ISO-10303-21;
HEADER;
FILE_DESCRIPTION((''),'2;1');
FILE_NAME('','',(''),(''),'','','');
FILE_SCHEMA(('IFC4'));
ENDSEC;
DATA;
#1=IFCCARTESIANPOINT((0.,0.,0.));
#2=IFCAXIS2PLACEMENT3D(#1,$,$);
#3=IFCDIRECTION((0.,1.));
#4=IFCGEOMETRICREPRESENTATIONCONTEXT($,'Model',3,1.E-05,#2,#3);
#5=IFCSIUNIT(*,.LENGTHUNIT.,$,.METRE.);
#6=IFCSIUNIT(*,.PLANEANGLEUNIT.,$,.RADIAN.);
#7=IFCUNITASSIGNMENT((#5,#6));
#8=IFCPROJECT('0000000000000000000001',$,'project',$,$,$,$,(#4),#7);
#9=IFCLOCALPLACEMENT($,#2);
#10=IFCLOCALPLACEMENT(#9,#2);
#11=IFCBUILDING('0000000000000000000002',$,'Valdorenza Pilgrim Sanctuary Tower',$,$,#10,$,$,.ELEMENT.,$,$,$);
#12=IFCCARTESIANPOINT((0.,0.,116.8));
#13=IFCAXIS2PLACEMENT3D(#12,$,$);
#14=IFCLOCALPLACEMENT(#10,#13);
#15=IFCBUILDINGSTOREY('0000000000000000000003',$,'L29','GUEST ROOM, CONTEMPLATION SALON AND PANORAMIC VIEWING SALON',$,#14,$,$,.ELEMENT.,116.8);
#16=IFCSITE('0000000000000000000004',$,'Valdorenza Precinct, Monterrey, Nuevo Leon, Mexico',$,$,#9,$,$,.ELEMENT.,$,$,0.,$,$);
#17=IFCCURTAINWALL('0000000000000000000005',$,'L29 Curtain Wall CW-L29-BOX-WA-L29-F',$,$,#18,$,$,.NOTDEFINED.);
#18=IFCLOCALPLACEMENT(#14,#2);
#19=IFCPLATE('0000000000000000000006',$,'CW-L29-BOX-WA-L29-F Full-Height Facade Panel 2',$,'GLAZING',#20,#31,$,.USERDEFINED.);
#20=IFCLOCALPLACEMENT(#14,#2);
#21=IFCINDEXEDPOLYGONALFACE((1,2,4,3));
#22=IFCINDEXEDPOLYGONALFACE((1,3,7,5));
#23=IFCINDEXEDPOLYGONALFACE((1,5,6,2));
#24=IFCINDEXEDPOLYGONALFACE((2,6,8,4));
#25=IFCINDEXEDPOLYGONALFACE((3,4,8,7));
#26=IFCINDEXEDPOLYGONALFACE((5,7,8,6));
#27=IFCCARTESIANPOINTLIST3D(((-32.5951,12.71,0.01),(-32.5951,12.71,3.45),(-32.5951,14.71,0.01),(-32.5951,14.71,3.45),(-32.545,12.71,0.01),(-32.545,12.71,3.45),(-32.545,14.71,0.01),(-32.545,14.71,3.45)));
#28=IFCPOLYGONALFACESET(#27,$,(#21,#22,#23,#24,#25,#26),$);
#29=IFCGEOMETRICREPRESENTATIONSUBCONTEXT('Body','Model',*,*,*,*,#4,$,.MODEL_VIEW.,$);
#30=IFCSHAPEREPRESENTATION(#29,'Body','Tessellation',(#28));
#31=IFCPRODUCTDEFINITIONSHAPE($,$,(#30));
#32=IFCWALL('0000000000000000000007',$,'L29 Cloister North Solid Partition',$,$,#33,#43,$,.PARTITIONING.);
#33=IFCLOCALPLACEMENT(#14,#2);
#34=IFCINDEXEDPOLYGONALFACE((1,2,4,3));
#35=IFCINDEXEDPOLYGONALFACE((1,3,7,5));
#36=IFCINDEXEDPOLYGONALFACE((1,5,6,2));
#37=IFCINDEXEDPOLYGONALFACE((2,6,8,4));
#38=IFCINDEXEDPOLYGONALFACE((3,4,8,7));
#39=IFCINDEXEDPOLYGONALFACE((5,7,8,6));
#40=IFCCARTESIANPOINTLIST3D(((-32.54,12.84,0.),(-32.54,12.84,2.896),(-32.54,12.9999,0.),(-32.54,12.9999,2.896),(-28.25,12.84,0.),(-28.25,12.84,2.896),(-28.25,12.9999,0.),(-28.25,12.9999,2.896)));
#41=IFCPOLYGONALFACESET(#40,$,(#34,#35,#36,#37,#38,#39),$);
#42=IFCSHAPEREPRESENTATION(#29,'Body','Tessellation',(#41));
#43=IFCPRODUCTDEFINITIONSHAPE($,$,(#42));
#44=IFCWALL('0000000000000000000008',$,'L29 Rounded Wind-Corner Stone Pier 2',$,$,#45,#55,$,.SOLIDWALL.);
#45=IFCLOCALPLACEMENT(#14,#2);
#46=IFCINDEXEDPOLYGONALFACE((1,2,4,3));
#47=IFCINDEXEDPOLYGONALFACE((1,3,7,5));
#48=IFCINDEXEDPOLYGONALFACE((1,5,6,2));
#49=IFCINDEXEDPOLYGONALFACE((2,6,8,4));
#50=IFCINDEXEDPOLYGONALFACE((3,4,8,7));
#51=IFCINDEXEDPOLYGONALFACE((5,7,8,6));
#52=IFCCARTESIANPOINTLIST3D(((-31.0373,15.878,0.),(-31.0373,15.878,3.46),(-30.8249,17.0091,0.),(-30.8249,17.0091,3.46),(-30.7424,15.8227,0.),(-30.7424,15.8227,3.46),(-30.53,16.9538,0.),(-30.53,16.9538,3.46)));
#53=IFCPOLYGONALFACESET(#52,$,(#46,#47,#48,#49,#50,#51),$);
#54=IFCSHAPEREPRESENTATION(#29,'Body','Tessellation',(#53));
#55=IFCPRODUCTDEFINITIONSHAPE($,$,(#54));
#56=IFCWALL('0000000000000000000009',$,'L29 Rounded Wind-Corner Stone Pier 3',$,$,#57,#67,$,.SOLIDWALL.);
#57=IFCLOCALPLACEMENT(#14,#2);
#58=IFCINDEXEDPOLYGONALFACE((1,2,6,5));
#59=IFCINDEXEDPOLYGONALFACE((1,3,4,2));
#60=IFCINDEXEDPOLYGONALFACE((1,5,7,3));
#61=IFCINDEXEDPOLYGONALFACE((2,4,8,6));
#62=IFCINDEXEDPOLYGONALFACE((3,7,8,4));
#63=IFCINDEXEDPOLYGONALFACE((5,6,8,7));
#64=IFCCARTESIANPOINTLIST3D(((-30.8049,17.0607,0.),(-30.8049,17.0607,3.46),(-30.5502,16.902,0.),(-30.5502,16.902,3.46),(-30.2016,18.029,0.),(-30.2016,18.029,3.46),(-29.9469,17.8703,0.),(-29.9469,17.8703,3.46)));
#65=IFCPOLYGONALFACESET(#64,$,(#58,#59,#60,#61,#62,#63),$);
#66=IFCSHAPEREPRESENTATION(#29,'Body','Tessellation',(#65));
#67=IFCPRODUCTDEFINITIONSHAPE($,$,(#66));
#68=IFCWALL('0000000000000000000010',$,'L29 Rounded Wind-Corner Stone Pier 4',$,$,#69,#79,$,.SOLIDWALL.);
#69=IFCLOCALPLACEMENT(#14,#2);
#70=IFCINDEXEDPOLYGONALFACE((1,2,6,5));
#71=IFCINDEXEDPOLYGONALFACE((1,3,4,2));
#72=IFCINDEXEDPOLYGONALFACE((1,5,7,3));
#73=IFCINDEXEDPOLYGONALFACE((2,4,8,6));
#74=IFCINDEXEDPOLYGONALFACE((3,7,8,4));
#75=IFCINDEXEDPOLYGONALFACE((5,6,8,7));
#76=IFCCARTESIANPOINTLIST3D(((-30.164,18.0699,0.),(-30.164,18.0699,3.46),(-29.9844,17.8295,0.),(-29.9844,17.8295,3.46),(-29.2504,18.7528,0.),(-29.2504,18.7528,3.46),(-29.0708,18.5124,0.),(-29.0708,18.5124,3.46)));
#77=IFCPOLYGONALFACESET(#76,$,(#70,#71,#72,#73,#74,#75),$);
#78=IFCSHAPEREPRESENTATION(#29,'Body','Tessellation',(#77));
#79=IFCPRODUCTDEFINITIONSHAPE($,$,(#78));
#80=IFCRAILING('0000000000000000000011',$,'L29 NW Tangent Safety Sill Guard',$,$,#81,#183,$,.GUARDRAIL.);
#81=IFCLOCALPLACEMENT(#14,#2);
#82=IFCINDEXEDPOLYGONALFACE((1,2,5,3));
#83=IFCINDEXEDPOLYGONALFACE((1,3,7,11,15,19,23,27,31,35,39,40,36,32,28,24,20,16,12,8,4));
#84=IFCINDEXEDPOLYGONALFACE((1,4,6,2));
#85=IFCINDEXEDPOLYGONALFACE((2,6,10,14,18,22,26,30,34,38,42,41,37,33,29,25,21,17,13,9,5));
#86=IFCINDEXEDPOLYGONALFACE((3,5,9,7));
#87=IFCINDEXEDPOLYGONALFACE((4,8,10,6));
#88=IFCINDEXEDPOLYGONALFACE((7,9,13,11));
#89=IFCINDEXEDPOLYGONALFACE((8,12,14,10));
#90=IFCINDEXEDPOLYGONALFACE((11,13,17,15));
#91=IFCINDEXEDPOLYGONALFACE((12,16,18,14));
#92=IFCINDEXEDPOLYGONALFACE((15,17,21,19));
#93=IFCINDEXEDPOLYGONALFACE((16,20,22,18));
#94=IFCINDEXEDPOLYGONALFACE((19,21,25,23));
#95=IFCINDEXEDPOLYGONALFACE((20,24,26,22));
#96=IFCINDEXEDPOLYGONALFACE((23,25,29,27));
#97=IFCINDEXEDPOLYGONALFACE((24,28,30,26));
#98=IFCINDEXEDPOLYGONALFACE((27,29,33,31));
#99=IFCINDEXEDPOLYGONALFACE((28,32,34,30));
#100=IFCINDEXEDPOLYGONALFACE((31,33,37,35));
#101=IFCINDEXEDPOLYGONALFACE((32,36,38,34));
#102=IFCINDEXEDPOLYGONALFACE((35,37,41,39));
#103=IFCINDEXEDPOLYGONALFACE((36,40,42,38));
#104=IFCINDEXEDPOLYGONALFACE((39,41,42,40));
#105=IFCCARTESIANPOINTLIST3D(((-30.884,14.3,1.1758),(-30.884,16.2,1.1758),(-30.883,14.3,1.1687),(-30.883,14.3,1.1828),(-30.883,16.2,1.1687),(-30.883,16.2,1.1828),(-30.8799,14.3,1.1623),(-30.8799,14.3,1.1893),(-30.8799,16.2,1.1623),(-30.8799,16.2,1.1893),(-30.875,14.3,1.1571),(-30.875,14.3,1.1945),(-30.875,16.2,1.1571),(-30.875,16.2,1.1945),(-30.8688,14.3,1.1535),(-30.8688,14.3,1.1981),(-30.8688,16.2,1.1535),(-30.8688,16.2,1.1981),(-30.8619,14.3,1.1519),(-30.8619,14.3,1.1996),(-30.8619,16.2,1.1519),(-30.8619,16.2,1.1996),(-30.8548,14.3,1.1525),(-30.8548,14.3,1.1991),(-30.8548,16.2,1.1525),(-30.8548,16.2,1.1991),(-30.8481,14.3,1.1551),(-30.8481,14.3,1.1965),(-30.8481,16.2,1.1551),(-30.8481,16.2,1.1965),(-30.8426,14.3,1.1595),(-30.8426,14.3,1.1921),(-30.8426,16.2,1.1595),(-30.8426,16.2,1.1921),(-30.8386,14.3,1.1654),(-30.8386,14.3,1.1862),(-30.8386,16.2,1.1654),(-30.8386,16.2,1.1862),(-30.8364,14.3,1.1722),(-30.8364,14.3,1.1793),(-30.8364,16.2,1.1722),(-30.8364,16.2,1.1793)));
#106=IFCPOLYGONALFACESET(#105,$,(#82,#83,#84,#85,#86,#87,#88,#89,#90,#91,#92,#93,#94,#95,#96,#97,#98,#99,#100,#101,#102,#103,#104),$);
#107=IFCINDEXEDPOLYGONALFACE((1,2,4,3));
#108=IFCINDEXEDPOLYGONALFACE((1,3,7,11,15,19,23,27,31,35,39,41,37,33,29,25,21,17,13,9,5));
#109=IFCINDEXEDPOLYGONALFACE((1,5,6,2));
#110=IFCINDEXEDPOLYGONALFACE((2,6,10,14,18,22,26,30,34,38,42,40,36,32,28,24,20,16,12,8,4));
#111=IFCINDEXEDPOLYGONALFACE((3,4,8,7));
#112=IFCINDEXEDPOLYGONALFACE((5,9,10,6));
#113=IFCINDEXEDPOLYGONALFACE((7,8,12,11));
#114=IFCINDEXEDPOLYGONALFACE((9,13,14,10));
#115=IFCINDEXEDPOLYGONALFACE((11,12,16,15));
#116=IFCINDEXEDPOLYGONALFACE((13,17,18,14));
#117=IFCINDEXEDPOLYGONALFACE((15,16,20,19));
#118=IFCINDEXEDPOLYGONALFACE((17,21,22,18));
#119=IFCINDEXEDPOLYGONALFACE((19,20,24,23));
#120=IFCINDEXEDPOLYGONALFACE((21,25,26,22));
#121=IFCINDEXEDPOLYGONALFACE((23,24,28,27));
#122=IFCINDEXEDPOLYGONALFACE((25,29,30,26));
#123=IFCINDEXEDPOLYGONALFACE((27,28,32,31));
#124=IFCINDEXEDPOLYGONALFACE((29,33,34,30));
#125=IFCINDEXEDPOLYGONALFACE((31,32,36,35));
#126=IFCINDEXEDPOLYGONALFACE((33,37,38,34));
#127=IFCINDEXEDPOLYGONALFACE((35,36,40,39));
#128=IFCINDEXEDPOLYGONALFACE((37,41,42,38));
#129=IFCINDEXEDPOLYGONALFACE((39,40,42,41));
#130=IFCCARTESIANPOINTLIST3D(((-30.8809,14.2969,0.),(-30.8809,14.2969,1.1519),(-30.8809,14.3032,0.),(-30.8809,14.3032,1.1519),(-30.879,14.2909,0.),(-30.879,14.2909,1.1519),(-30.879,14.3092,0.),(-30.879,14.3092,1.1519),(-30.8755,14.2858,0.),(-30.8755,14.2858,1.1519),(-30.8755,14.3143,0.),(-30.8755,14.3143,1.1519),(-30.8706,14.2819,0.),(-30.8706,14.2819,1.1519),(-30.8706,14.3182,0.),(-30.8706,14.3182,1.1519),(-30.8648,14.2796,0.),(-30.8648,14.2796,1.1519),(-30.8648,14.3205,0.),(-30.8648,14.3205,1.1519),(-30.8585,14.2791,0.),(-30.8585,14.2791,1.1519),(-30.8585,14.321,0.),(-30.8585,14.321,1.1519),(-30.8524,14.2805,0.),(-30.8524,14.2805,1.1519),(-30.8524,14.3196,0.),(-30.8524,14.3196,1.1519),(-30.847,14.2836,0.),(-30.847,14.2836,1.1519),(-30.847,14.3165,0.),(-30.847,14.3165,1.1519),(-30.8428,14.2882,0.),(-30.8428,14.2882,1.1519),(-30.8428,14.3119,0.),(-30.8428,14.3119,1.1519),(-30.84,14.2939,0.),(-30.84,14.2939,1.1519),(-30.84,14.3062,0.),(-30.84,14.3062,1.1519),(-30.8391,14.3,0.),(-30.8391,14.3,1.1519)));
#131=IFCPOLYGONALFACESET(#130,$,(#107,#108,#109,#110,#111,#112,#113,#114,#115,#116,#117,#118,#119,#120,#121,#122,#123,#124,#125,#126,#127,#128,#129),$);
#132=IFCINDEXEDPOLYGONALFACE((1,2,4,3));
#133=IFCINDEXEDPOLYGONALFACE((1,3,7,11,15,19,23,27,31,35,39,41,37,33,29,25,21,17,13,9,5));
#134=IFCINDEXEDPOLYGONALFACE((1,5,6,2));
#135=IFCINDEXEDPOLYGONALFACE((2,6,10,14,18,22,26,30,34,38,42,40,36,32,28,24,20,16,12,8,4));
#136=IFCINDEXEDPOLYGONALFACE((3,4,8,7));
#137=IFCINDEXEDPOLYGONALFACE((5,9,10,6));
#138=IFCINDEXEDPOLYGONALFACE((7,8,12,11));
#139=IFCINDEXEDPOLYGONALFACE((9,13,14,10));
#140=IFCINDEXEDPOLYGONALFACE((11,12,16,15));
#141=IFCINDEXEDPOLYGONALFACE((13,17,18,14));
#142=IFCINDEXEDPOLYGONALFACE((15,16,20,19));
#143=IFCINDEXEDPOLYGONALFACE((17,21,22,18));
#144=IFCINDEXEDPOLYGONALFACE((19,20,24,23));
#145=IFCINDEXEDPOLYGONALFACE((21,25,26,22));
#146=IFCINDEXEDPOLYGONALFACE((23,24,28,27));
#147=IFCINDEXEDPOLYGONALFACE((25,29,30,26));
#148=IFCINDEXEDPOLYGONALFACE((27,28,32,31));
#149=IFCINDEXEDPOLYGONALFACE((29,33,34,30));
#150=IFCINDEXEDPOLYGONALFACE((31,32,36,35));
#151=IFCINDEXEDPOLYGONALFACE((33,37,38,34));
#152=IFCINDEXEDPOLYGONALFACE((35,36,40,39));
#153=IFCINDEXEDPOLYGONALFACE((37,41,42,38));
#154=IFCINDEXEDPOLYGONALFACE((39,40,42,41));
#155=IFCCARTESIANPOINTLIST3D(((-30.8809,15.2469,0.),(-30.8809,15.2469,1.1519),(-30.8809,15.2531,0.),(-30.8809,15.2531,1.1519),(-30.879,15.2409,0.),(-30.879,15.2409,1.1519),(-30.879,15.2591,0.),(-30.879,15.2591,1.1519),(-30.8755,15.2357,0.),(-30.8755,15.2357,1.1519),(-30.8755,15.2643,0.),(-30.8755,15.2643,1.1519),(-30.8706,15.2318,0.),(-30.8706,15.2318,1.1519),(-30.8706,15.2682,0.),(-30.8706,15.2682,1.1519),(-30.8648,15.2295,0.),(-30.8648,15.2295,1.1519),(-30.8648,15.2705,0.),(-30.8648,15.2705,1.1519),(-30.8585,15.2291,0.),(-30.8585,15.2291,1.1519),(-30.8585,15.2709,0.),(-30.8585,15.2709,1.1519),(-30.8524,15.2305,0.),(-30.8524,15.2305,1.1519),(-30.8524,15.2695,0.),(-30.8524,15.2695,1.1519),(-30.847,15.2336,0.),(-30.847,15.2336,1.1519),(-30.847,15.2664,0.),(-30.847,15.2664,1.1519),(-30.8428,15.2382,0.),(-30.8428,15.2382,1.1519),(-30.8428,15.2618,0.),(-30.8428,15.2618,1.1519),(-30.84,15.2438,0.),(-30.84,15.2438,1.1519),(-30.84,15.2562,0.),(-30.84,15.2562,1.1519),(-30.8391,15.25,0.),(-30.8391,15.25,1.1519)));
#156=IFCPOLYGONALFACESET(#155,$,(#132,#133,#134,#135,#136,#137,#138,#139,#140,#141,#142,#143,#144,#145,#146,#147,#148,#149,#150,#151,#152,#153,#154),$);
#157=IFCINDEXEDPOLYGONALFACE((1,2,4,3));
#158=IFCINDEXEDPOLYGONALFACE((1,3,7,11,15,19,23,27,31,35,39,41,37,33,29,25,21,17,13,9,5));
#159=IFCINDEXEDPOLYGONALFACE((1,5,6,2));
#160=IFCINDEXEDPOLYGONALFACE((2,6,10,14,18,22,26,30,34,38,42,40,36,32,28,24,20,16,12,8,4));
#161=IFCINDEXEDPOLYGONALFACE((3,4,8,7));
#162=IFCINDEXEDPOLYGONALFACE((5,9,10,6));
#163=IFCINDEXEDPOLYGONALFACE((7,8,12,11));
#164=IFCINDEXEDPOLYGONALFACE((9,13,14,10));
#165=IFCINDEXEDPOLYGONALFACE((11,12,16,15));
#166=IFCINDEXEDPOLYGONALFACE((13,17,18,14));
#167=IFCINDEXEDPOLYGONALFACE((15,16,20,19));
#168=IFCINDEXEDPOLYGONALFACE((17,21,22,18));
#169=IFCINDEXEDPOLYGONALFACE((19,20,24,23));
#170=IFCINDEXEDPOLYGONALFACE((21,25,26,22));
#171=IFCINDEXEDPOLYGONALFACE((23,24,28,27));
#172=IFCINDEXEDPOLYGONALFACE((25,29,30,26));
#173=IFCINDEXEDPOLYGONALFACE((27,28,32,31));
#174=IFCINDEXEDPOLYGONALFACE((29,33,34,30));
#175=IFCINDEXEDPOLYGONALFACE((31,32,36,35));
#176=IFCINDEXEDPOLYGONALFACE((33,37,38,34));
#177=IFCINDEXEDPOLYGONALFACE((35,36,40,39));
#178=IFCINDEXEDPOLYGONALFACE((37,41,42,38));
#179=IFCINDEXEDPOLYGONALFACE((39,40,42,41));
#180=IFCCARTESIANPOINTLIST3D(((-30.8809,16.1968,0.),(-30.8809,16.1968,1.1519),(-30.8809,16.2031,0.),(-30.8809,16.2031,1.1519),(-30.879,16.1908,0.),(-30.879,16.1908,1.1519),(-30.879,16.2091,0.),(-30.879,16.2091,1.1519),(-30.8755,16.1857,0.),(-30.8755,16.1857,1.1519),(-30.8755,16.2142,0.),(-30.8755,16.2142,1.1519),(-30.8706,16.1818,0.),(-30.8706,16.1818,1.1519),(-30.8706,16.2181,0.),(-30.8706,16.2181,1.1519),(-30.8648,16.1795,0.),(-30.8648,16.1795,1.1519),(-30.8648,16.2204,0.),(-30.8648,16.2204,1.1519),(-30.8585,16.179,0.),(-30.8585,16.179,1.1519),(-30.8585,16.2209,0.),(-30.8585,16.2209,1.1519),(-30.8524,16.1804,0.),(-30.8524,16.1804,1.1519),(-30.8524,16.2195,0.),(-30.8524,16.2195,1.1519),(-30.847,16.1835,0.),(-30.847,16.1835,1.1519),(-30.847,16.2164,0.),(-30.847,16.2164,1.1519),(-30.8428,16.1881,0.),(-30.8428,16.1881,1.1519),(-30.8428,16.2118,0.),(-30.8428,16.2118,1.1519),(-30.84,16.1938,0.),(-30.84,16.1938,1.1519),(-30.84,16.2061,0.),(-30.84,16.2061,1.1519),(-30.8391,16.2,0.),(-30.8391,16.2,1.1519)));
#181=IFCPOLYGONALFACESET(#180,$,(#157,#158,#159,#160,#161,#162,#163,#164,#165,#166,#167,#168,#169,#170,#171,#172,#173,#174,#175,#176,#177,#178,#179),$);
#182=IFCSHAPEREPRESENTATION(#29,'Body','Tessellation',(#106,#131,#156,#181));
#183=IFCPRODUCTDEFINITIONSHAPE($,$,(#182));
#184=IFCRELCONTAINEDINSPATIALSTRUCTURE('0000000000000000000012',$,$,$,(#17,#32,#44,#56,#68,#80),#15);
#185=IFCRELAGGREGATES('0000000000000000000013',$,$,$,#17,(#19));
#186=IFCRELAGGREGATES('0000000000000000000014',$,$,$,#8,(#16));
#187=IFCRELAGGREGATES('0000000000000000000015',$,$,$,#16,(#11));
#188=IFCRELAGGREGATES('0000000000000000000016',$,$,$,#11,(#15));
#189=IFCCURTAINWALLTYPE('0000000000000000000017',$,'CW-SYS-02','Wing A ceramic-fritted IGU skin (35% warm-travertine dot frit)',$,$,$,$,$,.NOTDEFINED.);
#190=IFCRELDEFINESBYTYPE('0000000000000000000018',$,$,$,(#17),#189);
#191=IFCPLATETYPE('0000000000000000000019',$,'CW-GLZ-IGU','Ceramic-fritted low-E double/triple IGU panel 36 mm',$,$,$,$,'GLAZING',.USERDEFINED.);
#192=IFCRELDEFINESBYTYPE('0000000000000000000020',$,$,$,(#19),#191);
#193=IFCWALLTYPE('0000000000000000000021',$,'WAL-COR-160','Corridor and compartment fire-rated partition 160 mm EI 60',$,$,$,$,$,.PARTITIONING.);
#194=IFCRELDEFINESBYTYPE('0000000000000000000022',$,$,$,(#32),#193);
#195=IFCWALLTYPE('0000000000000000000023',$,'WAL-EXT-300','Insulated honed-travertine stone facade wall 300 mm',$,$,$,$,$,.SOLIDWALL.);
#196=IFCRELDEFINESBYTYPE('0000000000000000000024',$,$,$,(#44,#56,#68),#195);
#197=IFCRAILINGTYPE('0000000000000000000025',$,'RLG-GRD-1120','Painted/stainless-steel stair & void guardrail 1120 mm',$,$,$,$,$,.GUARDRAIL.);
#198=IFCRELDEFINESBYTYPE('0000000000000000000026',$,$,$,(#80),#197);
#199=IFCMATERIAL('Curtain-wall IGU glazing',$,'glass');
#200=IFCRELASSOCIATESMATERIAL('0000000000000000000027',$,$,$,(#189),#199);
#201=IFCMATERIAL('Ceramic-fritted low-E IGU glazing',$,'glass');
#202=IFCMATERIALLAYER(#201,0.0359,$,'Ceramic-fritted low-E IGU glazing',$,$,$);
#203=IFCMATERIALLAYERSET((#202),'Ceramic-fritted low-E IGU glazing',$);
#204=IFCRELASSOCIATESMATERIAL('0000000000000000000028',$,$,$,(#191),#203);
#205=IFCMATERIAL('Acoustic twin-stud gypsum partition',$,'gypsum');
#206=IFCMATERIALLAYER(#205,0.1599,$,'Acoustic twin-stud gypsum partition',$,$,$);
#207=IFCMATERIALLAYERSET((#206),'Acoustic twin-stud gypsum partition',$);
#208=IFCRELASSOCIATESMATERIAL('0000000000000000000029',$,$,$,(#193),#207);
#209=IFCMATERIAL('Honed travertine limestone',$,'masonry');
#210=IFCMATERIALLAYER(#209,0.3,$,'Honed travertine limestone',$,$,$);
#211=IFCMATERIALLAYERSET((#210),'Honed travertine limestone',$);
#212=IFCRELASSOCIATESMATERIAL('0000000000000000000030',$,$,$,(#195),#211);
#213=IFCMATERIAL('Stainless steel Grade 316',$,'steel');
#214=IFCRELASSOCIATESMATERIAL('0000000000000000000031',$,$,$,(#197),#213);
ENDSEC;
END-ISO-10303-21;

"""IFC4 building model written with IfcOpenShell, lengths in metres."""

from ifc_helpers import new_model, si_unit, direction, frame, frame_2d, origin, origin_2d, place, context, subcontext, project, spatial, rectangle, circle, extrude, source, transform, mapped, material, layer, layer_set, type_object, element, aggregate, save


model = new_model("IFC4")

# Units and contexts
model_context = context("Model", 3, precision=1e-05, world=origin(), true_north=direction((0.0, 1.0)))
body_context = subcontext(model_context, "Body", "Model", "MODEL_VIEW")
ifc_project = project(units=[si_unit("LENGTHUNIT", "METRE"), si_unit("PLANEANGLEUNIT", "RADIAN")], contexts=[model_context])

# Site, building, storey
site_placement = place(None, origin())
site = spatial("IfcSite", under=ifc_project, at=site_placement, Name="Valdorenza Precinct, Monterrey, Nuevo Leon, Mexico", CompositionType="ELEMENT", RefElevation=0.0)
building_placement = place(site_placement, origin())
building = spatial("IfcBuilding", under=site, at=building_placement, Name="Valdorenza Pilgrim Sanctuary Tower", CompositionType="ELEMENT")
storey_placement = place(building_placement, frame((0.0, 0.0, 116.8)))
storey = spatial("IfcBuildingStorey", under=building, at=storey_placement, Name="L29", Description="GUEST ROOM, CONTEMPLATION SALON AND PANORAMIC VIEWING SALON", CompositionType="ELEMENT", Elevation=116.8)

# Curtain wall
ifc_material_1 = material(Name="Curtain-wall IGU glazing", Category="glass")
curtain_wall_type = type_object("IfcCurtainWallType", Name="CW-SYS-02", Description="Wing A ceramic-fritted IGU skin (35% warm-travertine dot frit)", PredefinedType="NOTDEFINED", material=ifc_material_1)
curtain_wall_1_placement = place(storey_placement, origin())
curtain_wall_1 = element("IfcCurtainWall", 1, at=curtain_wall_1_placement, inside=storey, type_object=curtain_wall_type, Name="L29 Curtain Wall CW-L29-BOX-WA-L29-F", PredefinedType="NOTDEFINED")

# Plate
ifc_material_2 = material(Name="Honed travertine limestone", Category="masonry")
ifc_material_3 = material(Name="Ceramic-fritted low-E IGU glazing", Category="glass")
ifc_layer_1 = layer(ifc_material_3, 0.0359, Name="Ceramic-fritted low-E IGU glazing")
ifc_layer_set_1 = layer_set([ifc_layer_1], Name="Ceramic-fritted low-E IGU glazing")
plate_type_1 = type_object("IfcPlateType", Name="CW-GLZ-IGU", Description="Ceramic-fritted low-E double/triple IGU panel 36 mm", ElementType="GLAZING", PredefinedType="USERDEFINED", material=ifc_layer_set_1)
shared_shape_1 = source(origin(), body_context, "Body", "SweptSolid", [
    extrude(rectangle(XDim=2.0, YDim=0.05, at=origin_2d()), origin(), (0.0, 0.0, 1.0), 3.4399),
])
plate_1_placement = place(storey_placement, frame((-32.5701, 13.71, 0.01), z_axis=(0.0, 0.0, 1.0), x_axis=(0.0, 1.0, 0.0)))
plate_1 = element("IfcPlate", 2, at=plate_1_placement, type_object=plate_type_1, Name="CW-L29-BOX-WA-L29-F Full-Height Facade Panel 2", ObjectType="GLAZING", PredefinedType="USERDEFINED", context=body_context, shape_type="MappedRepresentation", body=[
    mapped(shared_shape_1, transform((0.0, 0.0, 0.0), x_axis=(1.0, 0.0, 0.0), y_axis=(0.0, 1.0, 0.0), z_axis=(0.0, 0.0, 1.0), scale=1.0)),
])
aggregate(curtain_wall_1, [plate_1])

# Walls
ifc_material_4 = material(Name="Acoustic twin-stud gypsum partition", Category="gypsum")
ifc_layer_2 = layer(ifc_material_4, 0.1599, Name="Acoustic twin-stud gypsum partition")
ifc_layer_set_2 = layer_set([ifc_layer_2], Name="Acoustic twin-stud gypsum partition")
wall_type_1 = type_object("IfcWallType", Name="WAL-COR-160", Description="Corridor and compartment fire-rated partition 160 mm EI 60", PredefinedType="PARTITIONING", material=ifc_layer_set_2)
wall_1_placement = place(storey_placement, frame((-32.54, 12.9199, 0.0), z_axis=(0.0, 0.0, 1.0), x_axis=(1.0, 0.0, 0.0)))
element("IfcWall", 3, at=wall_1_placement, inside=storey, type_object=wall_type_1, Name="L29 Cloister North Solid Partition", PredefinedType="PARTITIONING", context=body_context, shape_type="SweptSolid", body=[
    extrude(rectangle(XDim=4.29, YDim=0.1599, at=frame_2d((2.145, 0.0))), origin(), (0.0, 0.0, 1.0), 2.896),
])
ifc_layer_3 = layer(ifc_material_2, 0.3, Name="Honed travertine limestone")
ifc_layer_set_3 = layer_set([ifc_layer_3], Name="Honed travertine limestone")
wall_type_2 = type_object("IfcWallType", Name="WAL-EXT-300", Description="Insulated honed-travertine stone facade wall 300 mm", PredefinedType="SOLIDWALL", material=ifc_layer_set_3)
wall_2_placement = place(storey_placement, frame((-30.8899, 15.8503, 0.0), z_axis=(0.0, 0.0, 1.0), x_axis=(0.184557, 0.982822, 0.0)))
element("IfcWall", 4, at=wall_2_placement, inside=storey, type_object=wall_type_2, Name="L29 Rounded Wind-Corner Stone Pier 2", PredefinedType="SOLIDWALL", context=body_context, shape_type="SweptSolid", body=[
    extrude(rectangle(XDim=1.1509, YDim=0.3, at=frame_2d((0.5754, 0.0))), origin(), (0.0, 0.0, 1.0), 3.46),
])
wall_3_placement = place(storey_placement, frame((-30.6775, 16.9814, 0.0), z_axis=(0.0, 0.0, 1.0), x_axis=(0.528806, 0.848743, 0.0)))
element("IfcWall", 5, at=wall_3_placement, inside=storey, type_object=wall_type_2, Name="L29 Rounded Wind-Corner Stone Pier 3", PredefinedType="SOLIDWALL", context=body_context, shape_type="SweptSolid", body=[
    extrude(rectangle(XDim=1.1409, YDim=0.3, at=frame_2d((0.5703, 0.0))), origin(), (0.0, 0.0, 1.0), 3.46),
])
wall_4_placement = place(storey_placement, frame((-30.0742, 17.9497, 0.0), z_axis=(0.0, 0.0, 1.0), x_axis=(0.800975, 0.598698, 0.0)))
element("IfcWall", 6, at=wall_4_placement, inside=storey, type_object=wall_type_2, Name="L29 Rounded Wind-Corner Stone Pier 4", PredefinedType="SOLIDWALL", context=body_context, shape_type="SweptSolid", body=[
    extrude(rectangle(XDim=1.1406, YDim=0.3, at=frame_2d((0.5703, 0.0))), origin(), (0.0, 0.0, 1.0), 3.46),
])

# Railing
ifc_material_5 = material(Name="Stainless steel Grade 316", Category="steel")
railing_type = type_object("IfcRailingType", Name="RLG-GRD-1120", Description="Painted/stainless-steel stair & void guardrail 1120 mm", PredefinedType="GUARDRAIL", material=ifc_material_5)
railing_placement = place(storey_placement, frame((-30.8601, 14.3, 0.0)))
element("IfcRailing", 7, at=railing_placement, inside=storey, type_object=railing_type, Name="L29 NW Tangent Safety Sill Guard", PredefinedType="GUARDRAIL", context=body_context, shape_type="SweptSolid", body=[
    extrude(circle(Radius=0.0239, at=origin_2d()), frame((0.0, 0.0, 1.1758), z_axis=(0.0, 1.0, 0.0), x_axis=(-1.0, 0.0, 0.0)), (0.0, 0.0, 1.0), 1.8999),
    extrude(circle(Radius=0.021, at=origin_2d()), origin(), (0.0, 0.0, 1.0), 1.1519),
    extrude(circle(Radius=0.021, at=origin_2d()), frame((0.0, 0.95, 0.0)), (0.0, 0.0, 1.0), 1.1519),
    extrude(circle(Radius=0.021, at=origin_2d()), frame((0.0, 1.8999, 0.0)), (0.0, 0.0, 1.0), 1.1519),
])

save(model, "model.ifc")
